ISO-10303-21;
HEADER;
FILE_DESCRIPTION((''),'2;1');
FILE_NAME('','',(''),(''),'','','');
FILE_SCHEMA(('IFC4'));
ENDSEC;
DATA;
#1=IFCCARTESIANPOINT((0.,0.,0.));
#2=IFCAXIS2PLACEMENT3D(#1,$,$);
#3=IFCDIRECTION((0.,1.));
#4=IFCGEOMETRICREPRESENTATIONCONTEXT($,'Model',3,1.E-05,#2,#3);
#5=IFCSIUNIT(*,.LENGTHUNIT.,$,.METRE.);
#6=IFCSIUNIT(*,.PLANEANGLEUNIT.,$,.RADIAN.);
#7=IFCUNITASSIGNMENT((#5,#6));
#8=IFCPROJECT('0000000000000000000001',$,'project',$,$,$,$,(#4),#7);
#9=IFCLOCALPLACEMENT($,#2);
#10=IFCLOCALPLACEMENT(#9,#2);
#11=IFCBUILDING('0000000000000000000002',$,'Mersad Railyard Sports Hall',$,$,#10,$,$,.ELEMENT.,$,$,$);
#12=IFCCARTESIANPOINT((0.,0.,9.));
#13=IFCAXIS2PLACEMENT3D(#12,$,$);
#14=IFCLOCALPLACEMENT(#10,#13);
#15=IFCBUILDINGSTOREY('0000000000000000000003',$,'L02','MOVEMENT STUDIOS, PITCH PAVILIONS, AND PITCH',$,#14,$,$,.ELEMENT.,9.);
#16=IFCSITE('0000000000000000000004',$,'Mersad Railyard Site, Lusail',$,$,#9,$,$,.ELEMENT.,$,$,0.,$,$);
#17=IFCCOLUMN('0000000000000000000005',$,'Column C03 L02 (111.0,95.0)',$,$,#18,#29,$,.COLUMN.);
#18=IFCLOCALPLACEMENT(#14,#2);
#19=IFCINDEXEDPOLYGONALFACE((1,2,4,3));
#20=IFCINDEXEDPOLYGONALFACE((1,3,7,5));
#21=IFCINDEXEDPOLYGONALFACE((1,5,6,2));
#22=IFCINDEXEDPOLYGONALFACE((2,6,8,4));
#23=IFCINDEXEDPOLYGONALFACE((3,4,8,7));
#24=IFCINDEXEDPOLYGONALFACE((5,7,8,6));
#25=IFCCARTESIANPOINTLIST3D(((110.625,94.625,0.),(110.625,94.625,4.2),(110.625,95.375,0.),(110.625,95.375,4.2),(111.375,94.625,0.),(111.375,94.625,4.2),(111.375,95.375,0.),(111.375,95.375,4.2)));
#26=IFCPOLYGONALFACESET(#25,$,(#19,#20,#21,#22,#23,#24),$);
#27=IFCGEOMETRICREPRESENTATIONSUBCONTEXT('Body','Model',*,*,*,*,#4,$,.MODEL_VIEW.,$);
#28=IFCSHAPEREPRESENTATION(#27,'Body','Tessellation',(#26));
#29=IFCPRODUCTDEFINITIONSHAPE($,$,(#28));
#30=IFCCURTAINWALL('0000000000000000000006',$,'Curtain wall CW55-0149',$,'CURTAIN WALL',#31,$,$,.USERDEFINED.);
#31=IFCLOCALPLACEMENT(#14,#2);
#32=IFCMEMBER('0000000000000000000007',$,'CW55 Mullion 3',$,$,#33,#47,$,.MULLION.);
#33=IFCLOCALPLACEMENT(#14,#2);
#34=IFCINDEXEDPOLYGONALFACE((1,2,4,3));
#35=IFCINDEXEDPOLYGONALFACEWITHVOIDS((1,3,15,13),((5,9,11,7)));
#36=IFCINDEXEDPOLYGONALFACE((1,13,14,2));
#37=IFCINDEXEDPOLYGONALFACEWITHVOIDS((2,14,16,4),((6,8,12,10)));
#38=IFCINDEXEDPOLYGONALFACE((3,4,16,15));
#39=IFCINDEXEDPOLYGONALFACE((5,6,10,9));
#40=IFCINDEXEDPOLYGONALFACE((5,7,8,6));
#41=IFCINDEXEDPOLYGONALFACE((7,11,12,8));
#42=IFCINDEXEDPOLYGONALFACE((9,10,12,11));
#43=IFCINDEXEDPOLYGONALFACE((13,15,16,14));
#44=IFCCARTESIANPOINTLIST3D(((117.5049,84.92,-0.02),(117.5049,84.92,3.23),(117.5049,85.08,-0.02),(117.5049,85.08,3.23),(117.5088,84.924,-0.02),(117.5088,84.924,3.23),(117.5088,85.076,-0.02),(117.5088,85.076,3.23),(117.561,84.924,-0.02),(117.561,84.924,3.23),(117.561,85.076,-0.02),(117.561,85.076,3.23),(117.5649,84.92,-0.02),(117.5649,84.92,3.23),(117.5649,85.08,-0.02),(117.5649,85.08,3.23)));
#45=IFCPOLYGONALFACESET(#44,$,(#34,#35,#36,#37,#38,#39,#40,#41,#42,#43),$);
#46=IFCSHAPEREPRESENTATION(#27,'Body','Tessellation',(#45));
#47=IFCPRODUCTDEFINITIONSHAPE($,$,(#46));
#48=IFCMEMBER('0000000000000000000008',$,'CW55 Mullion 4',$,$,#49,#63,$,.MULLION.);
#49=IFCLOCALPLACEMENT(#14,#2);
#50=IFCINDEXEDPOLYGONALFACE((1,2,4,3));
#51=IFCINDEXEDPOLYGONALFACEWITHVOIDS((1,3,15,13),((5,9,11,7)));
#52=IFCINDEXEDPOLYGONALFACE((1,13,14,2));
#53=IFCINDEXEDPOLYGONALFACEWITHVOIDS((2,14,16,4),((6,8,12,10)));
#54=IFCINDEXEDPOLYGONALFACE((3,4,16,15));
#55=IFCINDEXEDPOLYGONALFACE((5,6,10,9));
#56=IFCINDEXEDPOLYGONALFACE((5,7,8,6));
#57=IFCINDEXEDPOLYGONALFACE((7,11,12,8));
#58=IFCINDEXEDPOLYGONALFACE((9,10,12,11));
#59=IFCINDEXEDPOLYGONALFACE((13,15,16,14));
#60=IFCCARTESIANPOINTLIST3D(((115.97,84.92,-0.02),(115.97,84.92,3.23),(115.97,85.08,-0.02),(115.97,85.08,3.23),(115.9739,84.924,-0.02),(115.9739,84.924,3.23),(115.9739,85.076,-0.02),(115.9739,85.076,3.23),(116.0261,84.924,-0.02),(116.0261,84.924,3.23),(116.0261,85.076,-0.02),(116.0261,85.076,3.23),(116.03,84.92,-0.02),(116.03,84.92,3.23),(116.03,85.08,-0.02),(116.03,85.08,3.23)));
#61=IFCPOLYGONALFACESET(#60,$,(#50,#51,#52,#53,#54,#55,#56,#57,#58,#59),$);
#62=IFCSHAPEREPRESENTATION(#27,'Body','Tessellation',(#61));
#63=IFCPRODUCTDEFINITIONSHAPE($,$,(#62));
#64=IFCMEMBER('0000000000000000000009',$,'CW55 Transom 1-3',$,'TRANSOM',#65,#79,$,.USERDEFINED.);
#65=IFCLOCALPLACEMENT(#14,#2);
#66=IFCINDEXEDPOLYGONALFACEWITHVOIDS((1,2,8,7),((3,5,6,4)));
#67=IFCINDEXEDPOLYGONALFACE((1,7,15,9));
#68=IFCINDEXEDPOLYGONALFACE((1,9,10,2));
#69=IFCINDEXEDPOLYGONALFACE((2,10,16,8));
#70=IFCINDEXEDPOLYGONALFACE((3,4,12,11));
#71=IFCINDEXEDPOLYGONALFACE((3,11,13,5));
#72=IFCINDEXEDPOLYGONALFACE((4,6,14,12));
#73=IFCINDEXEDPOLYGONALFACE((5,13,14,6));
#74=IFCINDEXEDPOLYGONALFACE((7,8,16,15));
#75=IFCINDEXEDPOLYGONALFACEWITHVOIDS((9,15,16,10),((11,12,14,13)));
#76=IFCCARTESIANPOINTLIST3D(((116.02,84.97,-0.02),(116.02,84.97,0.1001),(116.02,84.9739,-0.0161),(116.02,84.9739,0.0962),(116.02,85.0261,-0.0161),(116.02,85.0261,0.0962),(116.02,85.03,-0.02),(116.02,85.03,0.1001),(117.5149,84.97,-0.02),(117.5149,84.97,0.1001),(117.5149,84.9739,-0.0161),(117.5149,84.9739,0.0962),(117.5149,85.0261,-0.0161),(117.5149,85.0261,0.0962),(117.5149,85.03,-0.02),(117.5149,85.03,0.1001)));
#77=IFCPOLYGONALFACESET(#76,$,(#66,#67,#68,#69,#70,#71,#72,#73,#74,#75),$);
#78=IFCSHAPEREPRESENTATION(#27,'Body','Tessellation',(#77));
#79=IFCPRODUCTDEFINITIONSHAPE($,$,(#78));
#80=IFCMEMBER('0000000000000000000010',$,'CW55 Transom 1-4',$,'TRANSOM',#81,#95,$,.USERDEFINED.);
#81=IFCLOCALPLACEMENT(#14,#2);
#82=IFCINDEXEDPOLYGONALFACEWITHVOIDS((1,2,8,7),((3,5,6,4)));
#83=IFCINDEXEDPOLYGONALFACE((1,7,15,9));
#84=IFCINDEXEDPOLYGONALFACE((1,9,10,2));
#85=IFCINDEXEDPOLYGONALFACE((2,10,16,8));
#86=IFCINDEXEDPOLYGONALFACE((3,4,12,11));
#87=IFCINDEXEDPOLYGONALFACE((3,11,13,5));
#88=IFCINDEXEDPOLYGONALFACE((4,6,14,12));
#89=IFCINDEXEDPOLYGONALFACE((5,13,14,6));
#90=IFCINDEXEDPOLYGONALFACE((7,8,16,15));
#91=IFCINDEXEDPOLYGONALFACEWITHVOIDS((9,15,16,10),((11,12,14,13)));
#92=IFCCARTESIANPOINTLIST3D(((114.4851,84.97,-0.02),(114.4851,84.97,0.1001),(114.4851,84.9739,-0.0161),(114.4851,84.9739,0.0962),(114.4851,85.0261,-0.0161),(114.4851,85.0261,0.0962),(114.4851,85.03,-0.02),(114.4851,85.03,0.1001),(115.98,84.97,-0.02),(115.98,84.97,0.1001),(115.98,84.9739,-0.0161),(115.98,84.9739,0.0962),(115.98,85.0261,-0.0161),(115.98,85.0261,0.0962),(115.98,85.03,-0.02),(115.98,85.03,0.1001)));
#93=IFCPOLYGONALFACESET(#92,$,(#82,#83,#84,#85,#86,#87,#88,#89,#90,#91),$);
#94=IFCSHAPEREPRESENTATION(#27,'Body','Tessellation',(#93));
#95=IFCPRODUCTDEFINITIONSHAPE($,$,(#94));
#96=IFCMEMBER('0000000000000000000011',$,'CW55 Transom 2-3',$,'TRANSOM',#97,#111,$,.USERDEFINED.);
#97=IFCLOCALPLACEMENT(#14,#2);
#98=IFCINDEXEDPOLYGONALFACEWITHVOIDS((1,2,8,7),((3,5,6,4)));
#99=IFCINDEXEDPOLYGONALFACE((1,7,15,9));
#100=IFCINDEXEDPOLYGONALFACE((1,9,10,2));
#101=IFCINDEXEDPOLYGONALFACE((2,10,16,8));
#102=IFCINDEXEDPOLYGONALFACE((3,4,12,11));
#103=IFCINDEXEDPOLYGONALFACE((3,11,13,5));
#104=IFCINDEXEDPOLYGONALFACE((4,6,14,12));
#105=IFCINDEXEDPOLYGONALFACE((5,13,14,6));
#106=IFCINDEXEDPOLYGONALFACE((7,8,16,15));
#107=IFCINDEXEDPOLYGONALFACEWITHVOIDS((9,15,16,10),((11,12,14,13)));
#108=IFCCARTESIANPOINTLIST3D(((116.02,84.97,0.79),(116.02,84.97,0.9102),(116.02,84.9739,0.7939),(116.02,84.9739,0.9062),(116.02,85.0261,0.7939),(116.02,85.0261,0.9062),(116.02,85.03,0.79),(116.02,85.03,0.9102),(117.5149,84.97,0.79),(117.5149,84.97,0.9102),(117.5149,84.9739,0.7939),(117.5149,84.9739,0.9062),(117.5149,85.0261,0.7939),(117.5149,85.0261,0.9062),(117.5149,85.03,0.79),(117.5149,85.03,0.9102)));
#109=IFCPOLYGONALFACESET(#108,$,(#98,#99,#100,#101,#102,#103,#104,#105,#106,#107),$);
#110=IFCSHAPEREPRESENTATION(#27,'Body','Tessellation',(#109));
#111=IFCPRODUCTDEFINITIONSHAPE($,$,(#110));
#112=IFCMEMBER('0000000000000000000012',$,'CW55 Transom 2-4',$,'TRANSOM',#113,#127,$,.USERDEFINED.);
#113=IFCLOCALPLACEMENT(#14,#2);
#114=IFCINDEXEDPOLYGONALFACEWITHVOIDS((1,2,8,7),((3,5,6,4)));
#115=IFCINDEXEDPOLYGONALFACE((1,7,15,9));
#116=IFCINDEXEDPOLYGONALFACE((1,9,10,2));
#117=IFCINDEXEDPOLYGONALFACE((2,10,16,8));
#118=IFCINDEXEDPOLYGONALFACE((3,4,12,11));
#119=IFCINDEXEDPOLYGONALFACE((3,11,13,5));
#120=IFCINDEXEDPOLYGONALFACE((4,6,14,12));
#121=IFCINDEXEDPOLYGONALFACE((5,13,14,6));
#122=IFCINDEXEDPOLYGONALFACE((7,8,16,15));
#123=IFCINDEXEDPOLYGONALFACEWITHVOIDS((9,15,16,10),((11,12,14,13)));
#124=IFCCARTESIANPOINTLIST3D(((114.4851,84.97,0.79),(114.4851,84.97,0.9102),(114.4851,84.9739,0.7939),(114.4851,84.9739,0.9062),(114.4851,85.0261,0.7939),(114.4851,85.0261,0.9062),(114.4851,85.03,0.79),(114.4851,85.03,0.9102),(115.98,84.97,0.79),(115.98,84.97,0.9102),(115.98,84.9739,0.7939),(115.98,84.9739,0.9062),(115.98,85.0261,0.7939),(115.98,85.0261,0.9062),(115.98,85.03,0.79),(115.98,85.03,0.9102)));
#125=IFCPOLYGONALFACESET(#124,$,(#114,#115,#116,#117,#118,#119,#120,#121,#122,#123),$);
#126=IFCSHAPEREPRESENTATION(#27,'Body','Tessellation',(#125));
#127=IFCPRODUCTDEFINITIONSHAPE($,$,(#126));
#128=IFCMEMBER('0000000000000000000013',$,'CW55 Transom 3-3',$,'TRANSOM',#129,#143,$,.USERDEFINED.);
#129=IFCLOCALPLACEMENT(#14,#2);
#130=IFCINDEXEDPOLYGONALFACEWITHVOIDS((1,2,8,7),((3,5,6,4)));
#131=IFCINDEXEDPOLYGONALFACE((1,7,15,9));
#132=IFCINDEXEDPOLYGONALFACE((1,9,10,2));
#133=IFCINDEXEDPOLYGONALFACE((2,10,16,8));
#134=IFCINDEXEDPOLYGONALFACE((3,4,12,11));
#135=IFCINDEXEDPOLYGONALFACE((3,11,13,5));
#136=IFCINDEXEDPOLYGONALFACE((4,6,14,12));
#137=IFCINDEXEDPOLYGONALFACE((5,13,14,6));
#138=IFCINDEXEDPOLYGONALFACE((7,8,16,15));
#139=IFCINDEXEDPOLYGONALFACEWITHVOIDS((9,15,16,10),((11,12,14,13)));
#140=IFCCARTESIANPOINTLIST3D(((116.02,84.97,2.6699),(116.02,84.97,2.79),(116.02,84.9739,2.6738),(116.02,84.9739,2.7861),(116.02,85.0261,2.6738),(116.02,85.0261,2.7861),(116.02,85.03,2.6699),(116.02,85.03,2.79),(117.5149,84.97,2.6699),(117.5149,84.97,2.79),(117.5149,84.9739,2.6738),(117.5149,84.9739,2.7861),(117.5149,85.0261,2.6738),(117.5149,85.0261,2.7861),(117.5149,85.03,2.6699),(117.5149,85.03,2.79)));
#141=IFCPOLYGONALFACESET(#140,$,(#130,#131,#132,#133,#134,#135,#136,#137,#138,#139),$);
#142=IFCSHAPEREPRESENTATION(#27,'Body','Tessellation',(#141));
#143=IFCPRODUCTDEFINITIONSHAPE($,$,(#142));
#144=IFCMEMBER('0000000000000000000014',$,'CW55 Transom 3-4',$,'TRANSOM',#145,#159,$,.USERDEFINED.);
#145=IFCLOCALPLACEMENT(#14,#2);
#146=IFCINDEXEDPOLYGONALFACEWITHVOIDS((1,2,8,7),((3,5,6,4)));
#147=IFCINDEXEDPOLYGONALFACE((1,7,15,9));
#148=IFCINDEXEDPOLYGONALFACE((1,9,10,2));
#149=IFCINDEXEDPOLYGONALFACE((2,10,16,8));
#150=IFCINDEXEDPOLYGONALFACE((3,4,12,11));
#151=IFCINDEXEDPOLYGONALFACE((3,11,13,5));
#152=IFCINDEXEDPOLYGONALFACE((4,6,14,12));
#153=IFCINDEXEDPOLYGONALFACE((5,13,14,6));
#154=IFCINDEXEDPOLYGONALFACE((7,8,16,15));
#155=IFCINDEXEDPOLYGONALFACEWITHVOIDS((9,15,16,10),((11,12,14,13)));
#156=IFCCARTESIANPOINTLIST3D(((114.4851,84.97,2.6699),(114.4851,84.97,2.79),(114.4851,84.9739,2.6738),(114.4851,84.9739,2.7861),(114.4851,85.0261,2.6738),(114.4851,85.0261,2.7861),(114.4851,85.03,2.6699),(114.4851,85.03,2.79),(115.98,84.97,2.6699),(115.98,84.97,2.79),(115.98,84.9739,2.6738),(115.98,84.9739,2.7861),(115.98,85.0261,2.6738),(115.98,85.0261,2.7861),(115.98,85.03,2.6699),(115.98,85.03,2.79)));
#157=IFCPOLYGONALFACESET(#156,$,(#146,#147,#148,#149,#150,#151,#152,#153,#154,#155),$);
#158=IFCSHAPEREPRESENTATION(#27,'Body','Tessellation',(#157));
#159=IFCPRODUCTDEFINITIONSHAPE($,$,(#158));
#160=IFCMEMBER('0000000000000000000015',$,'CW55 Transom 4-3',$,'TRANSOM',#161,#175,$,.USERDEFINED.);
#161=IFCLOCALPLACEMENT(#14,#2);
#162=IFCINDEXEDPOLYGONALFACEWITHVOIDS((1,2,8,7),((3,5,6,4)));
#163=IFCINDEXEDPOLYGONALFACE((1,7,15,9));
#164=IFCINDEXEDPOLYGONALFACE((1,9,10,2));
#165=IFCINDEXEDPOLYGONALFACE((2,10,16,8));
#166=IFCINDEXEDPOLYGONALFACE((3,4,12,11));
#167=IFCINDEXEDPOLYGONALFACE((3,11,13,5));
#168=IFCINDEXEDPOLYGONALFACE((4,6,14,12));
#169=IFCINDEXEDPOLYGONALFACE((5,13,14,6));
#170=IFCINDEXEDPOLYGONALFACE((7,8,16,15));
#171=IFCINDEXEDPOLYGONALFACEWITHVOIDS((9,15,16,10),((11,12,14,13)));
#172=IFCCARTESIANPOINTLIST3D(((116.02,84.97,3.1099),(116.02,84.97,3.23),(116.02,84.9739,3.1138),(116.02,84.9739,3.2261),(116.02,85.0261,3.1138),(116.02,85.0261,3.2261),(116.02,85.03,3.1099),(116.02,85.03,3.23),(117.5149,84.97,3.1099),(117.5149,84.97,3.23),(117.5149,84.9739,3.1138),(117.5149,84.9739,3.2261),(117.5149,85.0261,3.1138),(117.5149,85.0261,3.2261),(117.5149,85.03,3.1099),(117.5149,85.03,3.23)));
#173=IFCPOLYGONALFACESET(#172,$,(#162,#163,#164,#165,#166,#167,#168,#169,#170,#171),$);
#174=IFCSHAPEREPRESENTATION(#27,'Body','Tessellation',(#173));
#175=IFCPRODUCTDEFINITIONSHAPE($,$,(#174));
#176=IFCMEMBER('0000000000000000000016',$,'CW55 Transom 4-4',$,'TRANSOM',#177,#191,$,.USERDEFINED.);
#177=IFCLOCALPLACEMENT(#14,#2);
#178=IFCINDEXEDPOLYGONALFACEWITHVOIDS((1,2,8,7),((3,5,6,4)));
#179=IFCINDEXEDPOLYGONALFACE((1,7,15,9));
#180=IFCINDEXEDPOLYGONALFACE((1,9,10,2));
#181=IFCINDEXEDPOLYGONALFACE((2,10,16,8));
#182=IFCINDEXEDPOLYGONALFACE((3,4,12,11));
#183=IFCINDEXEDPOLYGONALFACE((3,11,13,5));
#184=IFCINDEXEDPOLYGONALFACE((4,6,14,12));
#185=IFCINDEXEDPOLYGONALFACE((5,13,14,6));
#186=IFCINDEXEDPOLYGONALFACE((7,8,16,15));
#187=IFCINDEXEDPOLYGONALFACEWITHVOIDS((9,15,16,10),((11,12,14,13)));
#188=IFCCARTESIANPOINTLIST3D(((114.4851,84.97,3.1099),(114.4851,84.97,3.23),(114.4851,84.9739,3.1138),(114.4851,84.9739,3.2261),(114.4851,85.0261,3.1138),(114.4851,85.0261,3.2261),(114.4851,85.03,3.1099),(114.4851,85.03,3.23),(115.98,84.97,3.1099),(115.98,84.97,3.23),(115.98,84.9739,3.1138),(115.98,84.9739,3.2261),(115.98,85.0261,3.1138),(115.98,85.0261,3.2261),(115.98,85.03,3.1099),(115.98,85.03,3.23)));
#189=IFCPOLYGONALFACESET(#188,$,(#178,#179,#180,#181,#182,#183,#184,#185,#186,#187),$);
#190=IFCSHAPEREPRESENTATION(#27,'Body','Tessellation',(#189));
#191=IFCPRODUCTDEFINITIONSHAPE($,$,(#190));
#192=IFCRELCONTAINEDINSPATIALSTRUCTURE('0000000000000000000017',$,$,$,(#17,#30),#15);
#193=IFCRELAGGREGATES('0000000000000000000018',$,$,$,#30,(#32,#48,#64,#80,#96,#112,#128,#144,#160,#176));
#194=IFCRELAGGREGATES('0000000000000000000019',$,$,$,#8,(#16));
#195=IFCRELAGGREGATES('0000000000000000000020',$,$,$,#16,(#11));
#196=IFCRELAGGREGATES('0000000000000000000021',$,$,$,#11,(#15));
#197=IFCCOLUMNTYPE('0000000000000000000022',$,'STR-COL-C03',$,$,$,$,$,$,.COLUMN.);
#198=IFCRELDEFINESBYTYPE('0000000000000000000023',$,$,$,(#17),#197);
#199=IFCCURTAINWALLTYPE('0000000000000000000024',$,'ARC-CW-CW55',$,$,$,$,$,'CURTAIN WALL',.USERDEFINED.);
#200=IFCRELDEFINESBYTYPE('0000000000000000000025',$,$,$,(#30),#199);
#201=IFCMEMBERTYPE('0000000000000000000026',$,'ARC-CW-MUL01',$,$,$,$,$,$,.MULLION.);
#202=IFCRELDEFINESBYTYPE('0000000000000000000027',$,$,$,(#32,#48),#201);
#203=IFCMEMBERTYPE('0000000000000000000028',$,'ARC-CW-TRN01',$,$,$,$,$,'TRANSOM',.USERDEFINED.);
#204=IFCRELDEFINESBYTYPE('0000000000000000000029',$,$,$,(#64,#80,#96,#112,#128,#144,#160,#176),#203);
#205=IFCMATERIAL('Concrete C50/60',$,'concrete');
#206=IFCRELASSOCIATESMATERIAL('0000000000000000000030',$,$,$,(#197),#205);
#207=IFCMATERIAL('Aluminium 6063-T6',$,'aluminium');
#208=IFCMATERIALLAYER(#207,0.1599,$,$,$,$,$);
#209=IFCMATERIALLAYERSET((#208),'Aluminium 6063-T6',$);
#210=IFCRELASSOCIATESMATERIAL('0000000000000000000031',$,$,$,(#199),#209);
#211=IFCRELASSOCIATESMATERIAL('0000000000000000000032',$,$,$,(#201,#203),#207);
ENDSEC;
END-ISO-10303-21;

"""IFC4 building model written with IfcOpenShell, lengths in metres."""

from ifc_helpers import new_model, si_unit, direction, frame, origin, origin_2d, place, context, subcontext, project, spatial, rectangle, hollow_rectangle, extrude, material, layer, layer_set, material_profile, profile_set, type_object, element, aggregate, save


model = new_model("IFC4")

# Units and contexts
model_context = context("Model", 3, precision=1e-05, world=origin(), true_north=direction((0.0, 1.0)))
body_context = subcontext(model_context, "Body", "Model", "MODEL_VIEW")
ifc_project = project(units=[si_unit("LENGTHUNIT", "METRE"), si_unit("PLANEANGLEUNIT", "RADIAN")], contexts=[model_context])

# Site, building, storey
site_placement = place(None, origin())
site = spatial("IfcSite", under=ifc_project, at=site_placement, Name="Mersad Railyard Site, Lusail", CompositionType="ELEMENT", RefElevation=0.0)
building_placement = place(site_placement, origin())
building = spatial("IfcBuilding", under=site, at=building_placement, Name="Mersad Railyard Sports Hall", CompositionType="ELEMENT")
storey_placement = place(building_placement, frame((0.0, 0.0, 9.0)))
storey = spatial("IfcBuildingStorey", under=building, at=storey_placement, Name="L02", Description="MOVEMENT STUDIOS, PITCH PAVILIONS, AND PITCH", CompositionType="ELEMENT", Elevation=9.0)

# Column
ifc_material_1 = material(Name="Concrete C50/60", Category="concrete")
ifc_material_profile_1 = material_profile(ifc_material_1, rectangle(XDim=0.75, YDim=0.75, at=origin_2d()), Name="RC 750x750")
ifc_profile_set_1 = profile_set([ifc_material_profile_1], Name="Concrete C50/60")
column_type = type_object("IfcColumnType", Name="STR-COL-C03", PredefinedType="COLUMN", material=ifc_profile_set_1)
column_placement = place(storey_placement, frame((111.0, 95.0, 0.0), z_axis=(0.0, 0.0, 1.0), x_axis=(1.0, 0.0, 0.0)))
element("IfcColumn", 1, at=column_placement, inside=storey, type_object=column_type, Name="Column C03 L02 (111.0,95.0)", PredefinedType="COLUMN", context=body_context, shape_type="SweptSolid", body=[
    extrude(rectangle(XDim=0.75, YDim=0.75, at=origin_2d()), origin(), (0.0, 0.0, 1.0), 4.2),
])

# Curtain wall, members
ifc_material_2 = material(Name="Aluminium 6063-T6", Category="aluminium")
ifc_layer_1 = layer(ifc_material_2, 0.1599)
ifc_layer_set_1 = layer_set([ifc_layer_1], Name="Aluminium 6063-T6")
curtain_wall_type = type_object("IfcCurtainWallType", Name="ARC-CW-CW55", ElementType="CURTAIN WALL", PredefinedType="USERDEFINED", material=ifc_layer_set_1)
curtain_wall_placement = place(storey_placement, origin())
curtain_wall = element("IfcCurtainWall", 2, at=curtain_wall_placement, inside=storey, type_object=curtain_wall_type, Name="Curtain wall CW55-0149", ObjectType="CURTAIN WALL", PredefinedType="USERDEFINED")
ifc_material_profile_2 = material_profile(ifc_material_2, hollow_rectangle(XDim=0.0601, YDim=0.1599, WallThickness=0.0039, at=origin_2d()), Name="AL MULLION 60x160x4")
ifc_profile_set_2 = profile_set([ifc_material_profile_2], Name="Aluminium 6063-T6")
member_type_1 = type_object("IfcMemberType", Name="ARC-CW-MUL01", PredefinedType="MULLION", material=ifc_profile_set_2)
member_1_placement = place(storey_placement, frame((117.5349, 85.0, -0.02), z_axis=(0.0, 0.0, 1.0), x_axis=(1.0, 0.0, 0.0)))
member_1 = element("IfcMember", 3, at=member_1_placement, type_object=member_type_1, Name="CW55 Mullion 3", PredefinedType="MULLION", context=body_context, shape_type="SweptSolid", body=[
    extrude(hollow_rectangle(XDim=0.0601, YDim=0.1599, WallThickness=0.0039, at=origin_2d()), origin(), (0.0, 0.0, 1.0), 3.25),
])
member_2_placement = place(storey_placement, frame((116.0, 85.0, -0.02), z_axis=(0.0, 0.0, 1.0), x_axis=(1.0, 0.0, 0.0)))
member_2 = element("IfcMember", 4, at=member_2_placement, type_object=member_type_1, Name="CW55 Mullion 4", PredefinedType="MULLION", context=body_context, shape_type="SweptSolid", body=[
    extrude(hollow_rectangle(XDim=0.0601, YDim=0.1599, WallThickness=0.0039, at=origin_2d()), origin(), (0.0, 0.0, 1.0), 3.25),
])
ifc_material_profile_3 = material_profile(ifc_material_2, hollow_rectangle(XDim=0.0601, YDim=0.1201, WallThickness=0.0039, at=origin_2d()), Name="AL TRANSOM 60x120x4")
ifc_profile_set_3 = profile_set([ifc_material_profile_3], Name="Aluminium 6063-T6")
member_type_2 = type_object("IfcMemberType", Name="ARC-CW-TRN01", ElementType="TRANSOM", PredefinedType="USERDEFINED", material=ifc_profile_set_3)
member_3_placement = place(storey_placement, frame((117.5149, 85.0, 0.04), z_axis=(-1.0, 0.0, 0.0), x_axis=(0.0, -1.0, 0.0)))
member_3 = element("IfcMember", 5, at=member_3_placement, type_object=member_type_2, Name="CW55 Transom 1-3", ObjectType="TRANSOM", PredefinedType="USERDEFINED", context=body_context, shape_type="SweptSolid", body=[
    extrude(hollow_rectangle(XDim=0.0601, YDim=0.1201, WallThickness=0.0039, at=origin_2d()), origin(), (0.0, 0.0, 1.0), 1.4949),
])
member_4_placement = place(storey_placement, frame((115.98, 85.0, 0.04), z_axis=(-1.0, 0.0, 0.0), x_axis=(0.0, -1.0, 0.0)))
member_4 = element("IfcMember", 6, at=member_4_placement, type_object=member_type_2, Name="CW55 Transom 1-4", ObjectType="TRANSOM", PredefinedType="USERDEFINED", context=body_context, shape_type="SweptSolid", body=[
    extrude(hollow_rectangle(XDim=0.0601, YDim=0.1201, WallThickness=0.0039, at=origin_2d()), origin(), (0.0, 0.0, 1.0), 1.4949),
])
member_5_placement = place(storey_placement, frame((117.5149, 85.0, 0.8501), z_axis=(-1.0, 0.0, 0.0), x_axis=(0.0, -1.0, 0.0)))
member_5 = element("IfcMember", 7, at=member_5_placement, type_object=member_type_2, Name="CW55 Transom 2-3", ObjectType="TRANSOM", PredefinedType="USERDEFINED", context=body_context, shape_type="SweptSolid", body=[
    extrude(hollow_rectangle(XDim=0.0601, YDim=0.1201, WallThickness=0.0039, at=origin_2d()), origin(), (0.0, 0.0, 1.0), 1.4949),
])
member_6_placement = place(storey_placement, frame((115.98, 85.0, 0.8501), z_axis=(-1.0, 0.0, 0.0), x_axis=(0.0, -1.0, 0.0)))
member_6 = element("IfcMember", 8, at=member_6_placement, type_object=member_type_2, Name="CW55 Transom 2-4", ObjectType="TRANSOM", PredefinedType="USERDEFINED", context=body_context, shape_type="SweptSolid", body=[
    extrude(hollow_rectangle(XDim=0.0601, YDim=0.1201, WallThickness=0.0039, at=origin_2d()), origin(), (0.0, 0.0, 1.0), 1.4949),
])
member_7_placement = place(storey_placement, frame((117.5149, 85.0, 2.73), z_axis=(-1.0, 0.0, 0.0), x_axis=(0.0, -1.0, 0.0)))
member_7 = element("IfcMember", 9, at=member_7_placement, type_object=member_type_2, Name="CW55 Transom 3-3", ObjectType="TRANSOM", PredefinedType="USERDEFINED", context=body_context, shape_type="SweptSolid", body=[
    extrude(hollow_rectangle(XDim=0.0601, YDim=0.1201, WallThickness=0.0039, at=origin_2d()), origin(), (0.0, 0.0, 1.0), 1.4949),
])
member_8_placement = place(storey_placement, frame((115.98, 85.0, 2.73), z_axis=(-1.0, 0.0, 0.0), x_axis=(0.0, -1.0, 0.0)))
member_8 = element("IfcMember", 10, at=member_8_placement, type_object=member_type_2, Name="CW55 Transom 3-4", ObjectType="TRANSOM", PredefinedType="USERDEFINED", context=body_context, shape_type="SweptSolid", body=[
    extrude(hollow_rectangle(XDim=0.0601, YDim=0.1201, WallThickness=0.0039, at=origin_2d()), origin(), (0.0, 0.0, 1.0), 1.4949),
])
member_9_placement = place(storey_placement, frame((117.5149, 85.0, 3.1699), z_axis=(-1.0, 0.0, 0.0), x_axis=(0.0, -1.0, 0.0)))
member_9 = element("IfcMember", 11, at=member_9_placement, type_object=member_type_2, Name="CW55 Transom 4-3", ObjectType="TRANSOM", PredefinedType="USERDEFINED", context=body_context, shape_type="SweptSolid", body=[
    extrude(hollow_rectangle(XDim=0.0601, YDim=0.1201, WallThickness=0.0039, at=origin_2d()), origin(), (0.0, 0.0, 1.0), 1.4949),
])
member_10_placement = place(storey_placement, frame((115.98, 85.0, 3.1699), z_axis=(-1.0, 0.0, 0.0), x_axis=(0.0, -1.0, 0.0)))
member_10 = element("IfcMember", 12, at=member_10_placement, type_object=member_type_2, Name="CW55 Transom 4-4", ObjectType="TRANSOM", PredefinedType="USERDEFINED", context=body_context, shape_type="SweptSolid", body=[
    extrude(hollow_rectangle(XDim=0.0601, YDim=0.1201, WallThickness=0.0039, at=origin_2d()), origin(), (0.0, 0.0, 1.0), 1.4949),
])

aggregate(curtain_wall, [member_1, member_2, member_3, member_4, member_5, member_6, member_7, member_8, member_9, member_10])

save(model, "model.ifc")
